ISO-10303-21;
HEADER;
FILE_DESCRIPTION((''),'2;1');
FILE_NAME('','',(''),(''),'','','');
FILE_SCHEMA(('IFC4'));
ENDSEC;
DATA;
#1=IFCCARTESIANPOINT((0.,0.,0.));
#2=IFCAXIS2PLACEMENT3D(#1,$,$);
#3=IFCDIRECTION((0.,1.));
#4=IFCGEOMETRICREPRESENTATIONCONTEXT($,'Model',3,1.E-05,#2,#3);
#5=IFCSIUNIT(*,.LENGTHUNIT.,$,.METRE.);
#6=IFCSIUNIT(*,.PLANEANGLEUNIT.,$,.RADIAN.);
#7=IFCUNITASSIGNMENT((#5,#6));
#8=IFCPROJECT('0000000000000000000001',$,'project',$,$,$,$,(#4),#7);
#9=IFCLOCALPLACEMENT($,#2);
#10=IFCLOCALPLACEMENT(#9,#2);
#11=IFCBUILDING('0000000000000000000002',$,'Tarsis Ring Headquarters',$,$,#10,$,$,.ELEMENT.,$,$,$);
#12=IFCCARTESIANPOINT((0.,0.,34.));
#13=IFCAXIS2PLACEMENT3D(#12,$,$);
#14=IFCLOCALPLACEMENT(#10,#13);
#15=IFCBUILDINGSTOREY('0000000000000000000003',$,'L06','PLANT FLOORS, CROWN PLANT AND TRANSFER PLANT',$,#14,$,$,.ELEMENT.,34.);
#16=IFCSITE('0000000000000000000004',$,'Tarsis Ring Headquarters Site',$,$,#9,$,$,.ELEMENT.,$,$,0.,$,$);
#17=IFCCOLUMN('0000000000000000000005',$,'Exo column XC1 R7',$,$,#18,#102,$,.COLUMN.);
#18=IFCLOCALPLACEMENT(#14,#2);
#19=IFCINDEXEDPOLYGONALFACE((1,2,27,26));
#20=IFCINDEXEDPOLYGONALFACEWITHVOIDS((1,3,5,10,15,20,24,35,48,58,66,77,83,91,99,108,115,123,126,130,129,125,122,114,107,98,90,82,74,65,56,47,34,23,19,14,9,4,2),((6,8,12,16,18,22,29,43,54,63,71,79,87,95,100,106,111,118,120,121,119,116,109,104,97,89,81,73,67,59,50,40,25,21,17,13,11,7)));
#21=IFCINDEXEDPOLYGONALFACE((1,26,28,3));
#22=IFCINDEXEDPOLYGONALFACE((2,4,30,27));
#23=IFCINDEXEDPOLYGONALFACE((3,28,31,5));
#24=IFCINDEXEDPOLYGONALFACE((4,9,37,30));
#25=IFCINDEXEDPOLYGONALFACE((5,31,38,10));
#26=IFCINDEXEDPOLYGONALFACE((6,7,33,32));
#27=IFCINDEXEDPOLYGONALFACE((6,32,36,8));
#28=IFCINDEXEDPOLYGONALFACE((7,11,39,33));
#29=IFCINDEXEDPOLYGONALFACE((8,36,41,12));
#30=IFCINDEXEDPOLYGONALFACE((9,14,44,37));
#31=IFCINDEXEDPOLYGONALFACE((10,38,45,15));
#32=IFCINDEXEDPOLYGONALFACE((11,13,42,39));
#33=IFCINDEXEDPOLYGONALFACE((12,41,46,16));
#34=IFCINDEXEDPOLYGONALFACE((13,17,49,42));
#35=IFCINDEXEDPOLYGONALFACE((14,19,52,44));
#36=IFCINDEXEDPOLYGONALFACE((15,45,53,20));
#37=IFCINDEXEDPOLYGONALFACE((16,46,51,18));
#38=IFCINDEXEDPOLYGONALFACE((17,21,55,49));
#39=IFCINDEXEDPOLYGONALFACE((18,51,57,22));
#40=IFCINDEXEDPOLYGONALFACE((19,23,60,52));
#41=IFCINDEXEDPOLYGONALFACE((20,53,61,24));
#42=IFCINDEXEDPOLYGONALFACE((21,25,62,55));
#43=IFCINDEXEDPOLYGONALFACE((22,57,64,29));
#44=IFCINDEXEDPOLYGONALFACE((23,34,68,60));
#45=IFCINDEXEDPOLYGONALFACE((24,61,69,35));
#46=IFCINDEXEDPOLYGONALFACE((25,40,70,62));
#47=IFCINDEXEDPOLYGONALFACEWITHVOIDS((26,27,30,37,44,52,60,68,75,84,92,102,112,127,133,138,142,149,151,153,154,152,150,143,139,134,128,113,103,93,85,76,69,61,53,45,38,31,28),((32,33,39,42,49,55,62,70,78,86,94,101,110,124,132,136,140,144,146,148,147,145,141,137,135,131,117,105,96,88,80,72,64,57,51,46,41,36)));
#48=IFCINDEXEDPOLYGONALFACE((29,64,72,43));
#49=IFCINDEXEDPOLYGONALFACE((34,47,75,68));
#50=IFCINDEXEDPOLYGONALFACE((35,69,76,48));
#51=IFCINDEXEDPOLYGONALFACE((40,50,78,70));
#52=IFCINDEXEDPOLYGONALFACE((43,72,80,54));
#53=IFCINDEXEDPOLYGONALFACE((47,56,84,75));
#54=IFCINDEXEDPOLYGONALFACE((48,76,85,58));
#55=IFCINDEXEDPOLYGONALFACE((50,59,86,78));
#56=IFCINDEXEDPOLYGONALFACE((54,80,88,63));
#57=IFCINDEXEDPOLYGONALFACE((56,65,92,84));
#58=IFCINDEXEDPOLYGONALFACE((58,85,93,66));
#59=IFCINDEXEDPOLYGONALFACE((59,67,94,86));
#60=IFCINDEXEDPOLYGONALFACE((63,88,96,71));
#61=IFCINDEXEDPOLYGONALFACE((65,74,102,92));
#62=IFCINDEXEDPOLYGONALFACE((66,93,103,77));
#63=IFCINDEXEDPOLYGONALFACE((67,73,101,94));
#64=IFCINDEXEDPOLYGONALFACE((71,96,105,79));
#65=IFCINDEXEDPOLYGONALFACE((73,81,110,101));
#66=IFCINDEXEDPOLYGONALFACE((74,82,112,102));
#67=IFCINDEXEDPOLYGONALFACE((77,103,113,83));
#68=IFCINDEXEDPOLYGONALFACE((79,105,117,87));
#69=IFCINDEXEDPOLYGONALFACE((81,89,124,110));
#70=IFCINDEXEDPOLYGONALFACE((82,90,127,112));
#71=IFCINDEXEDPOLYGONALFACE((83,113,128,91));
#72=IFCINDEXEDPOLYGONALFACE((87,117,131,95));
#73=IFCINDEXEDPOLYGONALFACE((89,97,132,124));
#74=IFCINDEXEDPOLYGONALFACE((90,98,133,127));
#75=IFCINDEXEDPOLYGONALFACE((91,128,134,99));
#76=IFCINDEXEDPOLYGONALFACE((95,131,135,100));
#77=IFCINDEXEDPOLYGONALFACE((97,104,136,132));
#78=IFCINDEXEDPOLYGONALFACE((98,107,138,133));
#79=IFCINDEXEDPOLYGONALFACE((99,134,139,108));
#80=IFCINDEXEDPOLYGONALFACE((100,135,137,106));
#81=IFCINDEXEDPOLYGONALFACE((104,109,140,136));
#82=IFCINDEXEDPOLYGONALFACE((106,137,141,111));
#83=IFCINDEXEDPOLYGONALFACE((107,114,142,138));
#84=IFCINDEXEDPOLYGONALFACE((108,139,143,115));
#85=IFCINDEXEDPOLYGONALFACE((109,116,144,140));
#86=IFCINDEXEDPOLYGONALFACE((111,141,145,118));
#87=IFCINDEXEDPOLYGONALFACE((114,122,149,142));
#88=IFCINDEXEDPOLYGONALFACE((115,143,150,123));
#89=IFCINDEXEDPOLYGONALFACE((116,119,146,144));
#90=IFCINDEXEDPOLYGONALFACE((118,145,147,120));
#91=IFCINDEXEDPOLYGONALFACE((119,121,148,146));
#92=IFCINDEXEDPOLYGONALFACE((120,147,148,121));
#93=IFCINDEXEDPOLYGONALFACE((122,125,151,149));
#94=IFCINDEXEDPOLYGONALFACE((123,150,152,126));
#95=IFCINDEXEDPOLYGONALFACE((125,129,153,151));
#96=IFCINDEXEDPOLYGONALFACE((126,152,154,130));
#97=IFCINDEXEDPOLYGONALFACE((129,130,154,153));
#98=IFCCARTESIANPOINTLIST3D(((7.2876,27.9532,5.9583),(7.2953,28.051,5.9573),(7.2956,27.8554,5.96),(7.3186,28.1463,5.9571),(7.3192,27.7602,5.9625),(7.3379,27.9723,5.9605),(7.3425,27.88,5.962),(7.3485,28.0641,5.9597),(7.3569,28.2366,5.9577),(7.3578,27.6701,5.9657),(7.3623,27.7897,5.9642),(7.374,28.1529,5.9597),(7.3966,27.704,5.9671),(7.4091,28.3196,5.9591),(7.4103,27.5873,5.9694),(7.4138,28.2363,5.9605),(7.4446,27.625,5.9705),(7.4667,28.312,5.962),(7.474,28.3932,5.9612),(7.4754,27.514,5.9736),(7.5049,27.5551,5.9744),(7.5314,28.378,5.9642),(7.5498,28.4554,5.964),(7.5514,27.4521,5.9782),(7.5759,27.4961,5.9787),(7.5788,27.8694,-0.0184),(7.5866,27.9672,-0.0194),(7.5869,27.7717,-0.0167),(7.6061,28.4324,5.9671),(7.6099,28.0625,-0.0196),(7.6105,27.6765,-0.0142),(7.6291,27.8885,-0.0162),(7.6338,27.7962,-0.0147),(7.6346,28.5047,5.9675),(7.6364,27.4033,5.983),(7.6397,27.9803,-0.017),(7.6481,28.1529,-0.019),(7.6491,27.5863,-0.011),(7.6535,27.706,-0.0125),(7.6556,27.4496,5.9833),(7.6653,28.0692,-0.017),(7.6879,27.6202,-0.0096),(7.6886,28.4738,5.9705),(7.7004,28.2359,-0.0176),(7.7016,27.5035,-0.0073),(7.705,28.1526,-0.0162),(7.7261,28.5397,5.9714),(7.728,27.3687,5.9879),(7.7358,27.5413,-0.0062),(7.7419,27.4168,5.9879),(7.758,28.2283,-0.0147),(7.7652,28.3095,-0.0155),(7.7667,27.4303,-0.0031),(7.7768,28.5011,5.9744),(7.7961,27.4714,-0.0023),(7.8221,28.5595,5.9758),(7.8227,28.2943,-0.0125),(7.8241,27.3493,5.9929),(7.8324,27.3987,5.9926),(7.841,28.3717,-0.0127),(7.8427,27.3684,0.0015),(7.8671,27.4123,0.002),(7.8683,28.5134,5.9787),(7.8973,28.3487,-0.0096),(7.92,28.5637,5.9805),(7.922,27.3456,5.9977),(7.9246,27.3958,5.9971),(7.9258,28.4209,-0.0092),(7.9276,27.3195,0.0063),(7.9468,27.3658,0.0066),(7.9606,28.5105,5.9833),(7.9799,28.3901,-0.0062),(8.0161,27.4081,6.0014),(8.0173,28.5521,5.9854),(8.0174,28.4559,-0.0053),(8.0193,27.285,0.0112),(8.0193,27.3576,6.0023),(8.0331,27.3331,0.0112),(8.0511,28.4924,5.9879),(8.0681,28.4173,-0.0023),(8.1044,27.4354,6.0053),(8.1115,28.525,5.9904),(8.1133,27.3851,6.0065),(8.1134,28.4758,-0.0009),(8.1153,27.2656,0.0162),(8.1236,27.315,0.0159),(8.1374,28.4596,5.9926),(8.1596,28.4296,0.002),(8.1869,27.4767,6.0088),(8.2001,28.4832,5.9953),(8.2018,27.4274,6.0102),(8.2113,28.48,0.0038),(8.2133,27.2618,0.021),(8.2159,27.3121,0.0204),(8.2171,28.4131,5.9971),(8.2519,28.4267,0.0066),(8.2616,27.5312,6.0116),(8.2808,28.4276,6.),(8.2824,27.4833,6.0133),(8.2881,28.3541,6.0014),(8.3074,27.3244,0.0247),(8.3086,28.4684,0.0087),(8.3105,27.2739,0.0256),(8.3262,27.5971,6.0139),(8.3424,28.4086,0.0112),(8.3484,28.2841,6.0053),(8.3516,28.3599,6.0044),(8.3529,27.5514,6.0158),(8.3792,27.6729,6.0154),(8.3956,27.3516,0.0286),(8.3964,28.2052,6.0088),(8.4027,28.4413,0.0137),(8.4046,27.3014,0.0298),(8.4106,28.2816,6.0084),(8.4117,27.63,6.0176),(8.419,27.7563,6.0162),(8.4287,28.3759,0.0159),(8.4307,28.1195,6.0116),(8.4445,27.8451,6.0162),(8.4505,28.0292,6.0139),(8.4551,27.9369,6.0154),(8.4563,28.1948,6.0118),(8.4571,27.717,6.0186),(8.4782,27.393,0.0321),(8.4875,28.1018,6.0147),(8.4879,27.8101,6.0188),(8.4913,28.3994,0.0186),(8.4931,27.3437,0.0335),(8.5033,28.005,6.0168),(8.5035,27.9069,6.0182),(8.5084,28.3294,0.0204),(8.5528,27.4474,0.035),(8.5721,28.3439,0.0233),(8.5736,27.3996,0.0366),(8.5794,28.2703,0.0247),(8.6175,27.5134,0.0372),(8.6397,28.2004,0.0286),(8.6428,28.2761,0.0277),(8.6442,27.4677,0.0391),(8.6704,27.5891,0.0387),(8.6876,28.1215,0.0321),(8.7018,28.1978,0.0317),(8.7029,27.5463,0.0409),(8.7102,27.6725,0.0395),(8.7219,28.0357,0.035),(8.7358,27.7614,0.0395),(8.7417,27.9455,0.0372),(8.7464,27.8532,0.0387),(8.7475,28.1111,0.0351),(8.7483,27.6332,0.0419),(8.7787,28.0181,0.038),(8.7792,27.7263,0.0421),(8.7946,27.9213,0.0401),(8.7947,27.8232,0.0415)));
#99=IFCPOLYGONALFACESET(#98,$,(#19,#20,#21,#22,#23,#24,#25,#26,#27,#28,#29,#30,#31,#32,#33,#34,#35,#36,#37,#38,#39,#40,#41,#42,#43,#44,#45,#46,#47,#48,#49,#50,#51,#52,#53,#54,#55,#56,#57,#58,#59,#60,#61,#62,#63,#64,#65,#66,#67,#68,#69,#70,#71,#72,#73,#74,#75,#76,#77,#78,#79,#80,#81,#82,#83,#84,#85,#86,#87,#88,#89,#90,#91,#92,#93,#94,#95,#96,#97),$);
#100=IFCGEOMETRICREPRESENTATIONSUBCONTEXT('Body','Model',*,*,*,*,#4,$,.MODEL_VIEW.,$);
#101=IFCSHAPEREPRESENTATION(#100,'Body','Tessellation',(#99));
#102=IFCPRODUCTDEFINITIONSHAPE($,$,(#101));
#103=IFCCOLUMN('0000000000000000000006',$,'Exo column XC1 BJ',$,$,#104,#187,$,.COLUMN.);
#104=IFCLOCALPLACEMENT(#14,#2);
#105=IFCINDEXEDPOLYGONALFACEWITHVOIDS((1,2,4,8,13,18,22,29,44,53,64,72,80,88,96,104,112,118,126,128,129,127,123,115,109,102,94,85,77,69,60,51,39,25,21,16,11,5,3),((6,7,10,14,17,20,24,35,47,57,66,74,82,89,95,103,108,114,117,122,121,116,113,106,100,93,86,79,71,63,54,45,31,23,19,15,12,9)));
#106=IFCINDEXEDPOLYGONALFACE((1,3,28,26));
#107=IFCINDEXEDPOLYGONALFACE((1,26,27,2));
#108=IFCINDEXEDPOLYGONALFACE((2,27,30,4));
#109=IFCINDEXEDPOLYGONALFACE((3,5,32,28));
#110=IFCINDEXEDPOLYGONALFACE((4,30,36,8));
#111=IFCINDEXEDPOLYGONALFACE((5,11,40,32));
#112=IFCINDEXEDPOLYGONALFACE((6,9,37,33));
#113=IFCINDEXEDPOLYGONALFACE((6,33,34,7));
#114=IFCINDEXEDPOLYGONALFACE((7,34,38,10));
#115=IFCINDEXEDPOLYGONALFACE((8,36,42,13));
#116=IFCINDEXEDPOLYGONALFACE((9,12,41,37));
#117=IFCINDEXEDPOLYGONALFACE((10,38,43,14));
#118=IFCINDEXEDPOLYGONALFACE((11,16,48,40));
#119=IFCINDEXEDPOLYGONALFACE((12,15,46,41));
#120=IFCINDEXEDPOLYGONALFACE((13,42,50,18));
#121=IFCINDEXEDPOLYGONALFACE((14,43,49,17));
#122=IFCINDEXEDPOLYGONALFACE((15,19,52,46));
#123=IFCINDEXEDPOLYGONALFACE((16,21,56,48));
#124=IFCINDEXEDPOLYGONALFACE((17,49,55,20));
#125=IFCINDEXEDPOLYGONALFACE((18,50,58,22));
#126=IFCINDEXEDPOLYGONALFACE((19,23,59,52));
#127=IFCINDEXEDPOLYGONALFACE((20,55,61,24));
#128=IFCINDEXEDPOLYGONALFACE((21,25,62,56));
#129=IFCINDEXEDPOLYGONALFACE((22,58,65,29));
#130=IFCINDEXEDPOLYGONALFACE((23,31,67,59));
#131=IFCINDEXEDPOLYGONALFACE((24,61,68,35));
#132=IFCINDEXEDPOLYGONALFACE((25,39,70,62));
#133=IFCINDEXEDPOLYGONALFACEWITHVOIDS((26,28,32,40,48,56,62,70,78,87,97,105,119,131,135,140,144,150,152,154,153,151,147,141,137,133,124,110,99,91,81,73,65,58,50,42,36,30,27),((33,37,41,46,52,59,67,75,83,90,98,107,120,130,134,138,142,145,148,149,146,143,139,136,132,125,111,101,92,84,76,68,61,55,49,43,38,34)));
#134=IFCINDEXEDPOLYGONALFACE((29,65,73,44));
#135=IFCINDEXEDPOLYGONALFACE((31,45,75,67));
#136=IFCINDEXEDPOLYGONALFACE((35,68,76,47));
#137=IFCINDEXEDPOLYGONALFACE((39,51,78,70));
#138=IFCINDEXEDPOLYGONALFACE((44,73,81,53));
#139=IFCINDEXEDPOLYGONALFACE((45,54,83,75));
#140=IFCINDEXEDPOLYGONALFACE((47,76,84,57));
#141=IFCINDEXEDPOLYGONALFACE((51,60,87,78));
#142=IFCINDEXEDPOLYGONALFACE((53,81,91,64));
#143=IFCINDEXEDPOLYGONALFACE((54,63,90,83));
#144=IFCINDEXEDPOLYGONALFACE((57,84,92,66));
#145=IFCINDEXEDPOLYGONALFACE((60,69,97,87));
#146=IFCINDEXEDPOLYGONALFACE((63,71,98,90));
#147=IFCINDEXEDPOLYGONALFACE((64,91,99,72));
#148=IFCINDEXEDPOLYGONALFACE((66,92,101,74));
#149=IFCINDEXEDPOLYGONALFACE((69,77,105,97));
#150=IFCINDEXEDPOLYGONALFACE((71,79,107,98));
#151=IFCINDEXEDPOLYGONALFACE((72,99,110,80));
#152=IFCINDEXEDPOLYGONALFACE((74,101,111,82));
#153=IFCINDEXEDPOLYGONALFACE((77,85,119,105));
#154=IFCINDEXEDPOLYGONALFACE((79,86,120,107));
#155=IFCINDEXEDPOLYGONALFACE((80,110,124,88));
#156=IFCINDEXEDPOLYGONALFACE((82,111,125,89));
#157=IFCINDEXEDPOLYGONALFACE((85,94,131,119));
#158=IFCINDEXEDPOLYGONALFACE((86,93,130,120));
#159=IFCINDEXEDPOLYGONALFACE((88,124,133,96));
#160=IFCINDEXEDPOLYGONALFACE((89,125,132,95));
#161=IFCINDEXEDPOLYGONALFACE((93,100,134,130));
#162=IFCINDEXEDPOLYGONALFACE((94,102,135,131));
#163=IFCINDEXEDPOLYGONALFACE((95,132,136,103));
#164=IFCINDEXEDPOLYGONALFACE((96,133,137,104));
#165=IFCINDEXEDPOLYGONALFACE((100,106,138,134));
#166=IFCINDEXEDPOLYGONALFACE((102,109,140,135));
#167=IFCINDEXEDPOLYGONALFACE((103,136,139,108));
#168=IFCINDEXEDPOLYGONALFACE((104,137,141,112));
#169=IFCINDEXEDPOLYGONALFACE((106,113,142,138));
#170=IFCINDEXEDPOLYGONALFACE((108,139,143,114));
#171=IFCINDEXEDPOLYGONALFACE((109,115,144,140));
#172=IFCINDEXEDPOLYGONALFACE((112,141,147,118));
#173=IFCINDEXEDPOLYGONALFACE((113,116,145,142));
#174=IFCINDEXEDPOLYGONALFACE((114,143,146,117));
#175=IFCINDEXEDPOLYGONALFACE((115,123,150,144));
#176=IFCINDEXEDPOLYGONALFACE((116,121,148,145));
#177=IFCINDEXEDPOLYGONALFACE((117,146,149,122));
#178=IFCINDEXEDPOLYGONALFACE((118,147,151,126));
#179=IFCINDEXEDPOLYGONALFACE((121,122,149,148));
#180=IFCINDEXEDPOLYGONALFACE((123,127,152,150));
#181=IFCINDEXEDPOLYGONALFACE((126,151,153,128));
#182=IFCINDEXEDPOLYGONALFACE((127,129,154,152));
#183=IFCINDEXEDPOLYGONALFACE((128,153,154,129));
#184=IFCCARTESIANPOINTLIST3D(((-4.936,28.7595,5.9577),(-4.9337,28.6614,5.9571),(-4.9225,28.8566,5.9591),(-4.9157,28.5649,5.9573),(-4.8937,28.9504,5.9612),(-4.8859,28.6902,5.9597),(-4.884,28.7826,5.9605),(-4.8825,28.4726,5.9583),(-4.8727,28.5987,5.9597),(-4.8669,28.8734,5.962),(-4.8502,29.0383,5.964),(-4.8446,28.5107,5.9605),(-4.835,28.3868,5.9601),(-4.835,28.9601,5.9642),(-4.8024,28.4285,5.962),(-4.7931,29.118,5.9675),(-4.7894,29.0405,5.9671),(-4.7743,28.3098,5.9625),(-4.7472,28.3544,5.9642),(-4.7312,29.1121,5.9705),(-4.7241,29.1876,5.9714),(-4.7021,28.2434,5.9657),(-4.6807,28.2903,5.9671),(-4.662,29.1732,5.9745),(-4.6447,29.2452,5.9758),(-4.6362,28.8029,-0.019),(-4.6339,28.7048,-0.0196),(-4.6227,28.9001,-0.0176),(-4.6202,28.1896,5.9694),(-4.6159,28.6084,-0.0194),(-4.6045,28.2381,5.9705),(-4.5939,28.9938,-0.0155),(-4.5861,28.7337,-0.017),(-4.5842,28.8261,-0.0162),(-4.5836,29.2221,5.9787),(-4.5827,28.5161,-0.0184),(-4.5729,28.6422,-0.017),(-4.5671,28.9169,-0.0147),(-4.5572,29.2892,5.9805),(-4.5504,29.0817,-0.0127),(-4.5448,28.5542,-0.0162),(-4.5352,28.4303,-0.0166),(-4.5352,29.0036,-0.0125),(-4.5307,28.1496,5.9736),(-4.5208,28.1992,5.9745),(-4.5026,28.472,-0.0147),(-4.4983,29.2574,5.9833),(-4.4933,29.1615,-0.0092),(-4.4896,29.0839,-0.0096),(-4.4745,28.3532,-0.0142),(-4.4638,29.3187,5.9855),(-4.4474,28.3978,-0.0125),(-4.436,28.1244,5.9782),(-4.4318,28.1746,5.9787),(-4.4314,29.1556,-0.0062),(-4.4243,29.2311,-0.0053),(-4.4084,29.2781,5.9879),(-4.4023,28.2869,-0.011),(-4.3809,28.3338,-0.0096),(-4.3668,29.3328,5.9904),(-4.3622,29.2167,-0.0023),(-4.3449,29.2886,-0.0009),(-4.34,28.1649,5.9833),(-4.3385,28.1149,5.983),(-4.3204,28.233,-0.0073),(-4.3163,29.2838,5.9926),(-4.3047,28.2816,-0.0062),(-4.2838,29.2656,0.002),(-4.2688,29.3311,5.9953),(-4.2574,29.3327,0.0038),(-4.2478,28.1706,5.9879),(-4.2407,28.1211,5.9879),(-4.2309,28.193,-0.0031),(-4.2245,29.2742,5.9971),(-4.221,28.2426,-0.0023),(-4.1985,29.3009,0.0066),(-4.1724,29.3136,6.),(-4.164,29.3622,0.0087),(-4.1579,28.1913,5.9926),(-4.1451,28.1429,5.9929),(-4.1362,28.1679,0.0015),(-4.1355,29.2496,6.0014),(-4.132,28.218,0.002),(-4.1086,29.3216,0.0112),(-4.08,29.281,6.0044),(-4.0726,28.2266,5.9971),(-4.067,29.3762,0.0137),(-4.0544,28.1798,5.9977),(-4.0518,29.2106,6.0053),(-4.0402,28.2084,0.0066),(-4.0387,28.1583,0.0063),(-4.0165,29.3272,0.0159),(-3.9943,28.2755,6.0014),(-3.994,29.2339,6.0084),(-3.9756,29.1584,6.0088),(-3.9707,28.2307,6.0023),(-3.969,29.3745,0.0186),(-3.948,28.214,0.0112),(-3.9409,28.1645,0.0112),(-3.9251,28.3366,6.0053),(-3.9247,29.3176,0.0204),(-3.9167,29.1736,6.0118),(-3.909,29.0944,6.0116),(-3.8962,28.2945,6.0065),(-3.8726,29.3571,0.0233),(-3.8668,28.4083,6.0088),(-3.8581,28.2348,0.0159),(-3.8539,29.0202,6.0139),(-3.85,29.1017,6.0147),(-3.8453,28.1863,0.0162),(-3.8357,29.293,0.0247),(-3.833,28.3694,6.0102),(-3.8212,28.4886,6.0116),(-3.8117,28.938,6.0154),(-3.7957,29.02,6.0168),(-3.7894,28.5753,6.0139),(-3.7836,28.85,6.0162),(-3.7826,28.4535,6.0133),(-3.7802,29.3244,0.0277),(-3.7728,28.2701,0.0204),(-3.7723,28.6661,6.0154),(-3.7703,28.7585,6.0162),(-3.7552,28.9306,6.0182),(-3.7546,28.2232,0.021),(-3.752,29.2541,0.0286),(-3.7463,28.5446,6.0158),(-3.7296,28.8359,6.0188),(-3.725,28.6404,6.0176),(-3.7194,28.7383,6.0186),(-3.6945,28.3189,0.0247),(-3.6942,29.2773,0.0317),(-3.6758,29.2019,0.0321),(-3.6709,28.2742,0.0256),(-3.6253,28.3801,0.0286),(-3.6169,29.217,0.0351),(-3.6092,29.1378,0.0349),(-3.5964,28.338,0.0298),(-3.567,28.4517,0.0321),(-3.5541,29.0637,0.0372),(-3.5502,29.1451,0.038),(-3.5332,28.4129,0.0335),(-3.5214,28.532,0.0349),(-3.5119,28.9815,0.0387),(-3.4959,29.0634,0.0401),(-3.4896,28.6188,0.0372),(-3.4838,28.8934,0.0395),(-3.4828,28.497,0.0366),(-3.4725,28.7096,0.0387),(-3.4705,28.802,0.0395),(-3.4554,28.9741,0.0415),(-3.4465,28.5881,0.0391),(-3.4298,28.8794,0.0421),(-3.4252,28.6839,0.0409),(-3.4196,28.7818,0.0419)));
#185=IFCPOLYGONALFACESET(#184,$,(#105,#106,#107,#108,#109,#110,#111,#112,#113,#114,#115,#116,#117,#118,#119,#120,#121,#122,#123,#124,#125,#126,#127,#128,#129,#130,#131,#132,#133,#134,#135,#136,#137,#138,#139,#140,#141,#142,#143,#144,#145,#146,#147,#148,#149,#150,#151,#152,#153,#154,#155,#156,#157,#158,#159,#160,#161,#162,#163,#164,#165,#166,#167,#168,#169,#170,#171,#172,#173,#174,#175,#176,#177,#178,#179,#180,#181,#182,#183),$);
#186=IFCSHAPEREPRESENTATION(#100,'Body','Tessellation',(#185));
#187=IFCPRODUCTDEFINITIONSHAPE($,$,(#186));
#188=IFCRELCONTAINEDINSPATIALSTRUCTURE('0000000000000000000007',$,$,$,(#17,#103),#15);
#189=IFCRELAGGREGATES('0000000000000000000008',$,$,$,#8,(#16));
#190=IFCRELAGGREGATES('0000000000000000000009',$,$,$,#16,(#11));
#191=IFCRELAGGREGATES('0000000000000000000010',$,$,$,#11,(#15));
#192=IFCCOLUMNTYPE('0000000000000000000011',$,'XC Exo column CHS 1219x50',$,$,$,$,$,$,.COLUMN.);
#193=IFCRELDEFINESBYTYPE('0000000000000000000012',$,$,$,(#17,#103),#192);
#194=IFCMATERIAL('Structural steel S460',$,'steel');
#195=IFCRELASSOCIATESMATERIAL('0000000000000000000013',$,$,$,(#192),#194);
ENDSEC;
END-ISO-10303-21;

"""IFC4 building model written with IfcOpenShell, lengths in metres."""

from ifc_helpers import new_model, si_unit, direction, frame, origin, origin_2d, place, context, subcontext, project, spatial, hollow_circle, extrude, material, material_profile, profile_set, type_object, element, save


model = new_model("IFC4")

# Units and contexts
model_context = context("Model", 3, precision=1e-05, world=origin(), true_north=direction((0.0, 1.0)))
body_context = subcontext(model_context, "Body", "Model", "MODEL_VIEW")
ifc_project = project(units=[si_unit("LENGTHUNIT", "METRE"), si_unit("PLANEANGLEUNIT", "RADIAN")], contexts=[model_context])

# Site, building, storey
site_placement = place(None, origin())
site = spatial("IfcSite", under=ifc_project, at=site_placement, Name="Tarsis Ring Headquarters Site", CompositionType="ELEMENT", RefElevation=0.0)
building_placement = place(site_placement, origin())
building = spatial("IfcBuilding", under=site, at=building_placement, Name="Tarsis Ring Headquarters", CompositionType="ELEMENT")
storey_placement = place(building_placement, frame((0.0, 0.0, 34.0)))
storey = spatial("IfcBuildingStorey", under=building, at=storey_placement, Name="L06", Description="PLANT FLOORS, CROWN PLANT AND TRANSFER PLANT", CompositionType="ELEMENT", Elevation=34.0)

# Columns
ifc_material_1 = material(Name="Structural steel S460", Category="steel")
ifc_material_profile_1 = material_profile(ifc_material_1, hollow_circle(Radius=0.6096, WallThickness=0.05, at=origin_2d()), Name="CHS 1219x50")
ifc_profile_set_1 = profile_set([ifc_material_profile_1], Name="Structural steel S460")
column_type = type_object("IfcColumnType", Name="XC Exo column CHS 1219x50", PredefinedType="COLUMN", material=ifc_profile_set_1)
for number, where, z_axis, x_axis, name in (
    (1, (8.1877, 27.8708, 0.0112), (-0.048669, 0.013993, 0.998717), (-0.276317, -0.961067, 0.0), "Exo column XC1 R7"),
    (2, (-4.0283, 28.7678, 0.0112), (-0.050097, -0.007262, 0.998718), (0.143452, -0.989657, 0.0), "Exo column XC1 BJ"),
):
    element("IfcColumn", number, at=place(storey_placement, frame(where, z_axis=z_axis, x_axis=x_axis)), inside=storey, type_object=column_type, Name=name, PredefinedType="COLUMN", context=body_context, shape_type="SweptSolid", body=[
        extrude(hollow_circle(Radius=0.6096, WallThickness=0.05, at=origin_2d()), origin(), (0.0, 0.0, 1.0), 5.9844),
    ])

save(model, "model.ifc")
